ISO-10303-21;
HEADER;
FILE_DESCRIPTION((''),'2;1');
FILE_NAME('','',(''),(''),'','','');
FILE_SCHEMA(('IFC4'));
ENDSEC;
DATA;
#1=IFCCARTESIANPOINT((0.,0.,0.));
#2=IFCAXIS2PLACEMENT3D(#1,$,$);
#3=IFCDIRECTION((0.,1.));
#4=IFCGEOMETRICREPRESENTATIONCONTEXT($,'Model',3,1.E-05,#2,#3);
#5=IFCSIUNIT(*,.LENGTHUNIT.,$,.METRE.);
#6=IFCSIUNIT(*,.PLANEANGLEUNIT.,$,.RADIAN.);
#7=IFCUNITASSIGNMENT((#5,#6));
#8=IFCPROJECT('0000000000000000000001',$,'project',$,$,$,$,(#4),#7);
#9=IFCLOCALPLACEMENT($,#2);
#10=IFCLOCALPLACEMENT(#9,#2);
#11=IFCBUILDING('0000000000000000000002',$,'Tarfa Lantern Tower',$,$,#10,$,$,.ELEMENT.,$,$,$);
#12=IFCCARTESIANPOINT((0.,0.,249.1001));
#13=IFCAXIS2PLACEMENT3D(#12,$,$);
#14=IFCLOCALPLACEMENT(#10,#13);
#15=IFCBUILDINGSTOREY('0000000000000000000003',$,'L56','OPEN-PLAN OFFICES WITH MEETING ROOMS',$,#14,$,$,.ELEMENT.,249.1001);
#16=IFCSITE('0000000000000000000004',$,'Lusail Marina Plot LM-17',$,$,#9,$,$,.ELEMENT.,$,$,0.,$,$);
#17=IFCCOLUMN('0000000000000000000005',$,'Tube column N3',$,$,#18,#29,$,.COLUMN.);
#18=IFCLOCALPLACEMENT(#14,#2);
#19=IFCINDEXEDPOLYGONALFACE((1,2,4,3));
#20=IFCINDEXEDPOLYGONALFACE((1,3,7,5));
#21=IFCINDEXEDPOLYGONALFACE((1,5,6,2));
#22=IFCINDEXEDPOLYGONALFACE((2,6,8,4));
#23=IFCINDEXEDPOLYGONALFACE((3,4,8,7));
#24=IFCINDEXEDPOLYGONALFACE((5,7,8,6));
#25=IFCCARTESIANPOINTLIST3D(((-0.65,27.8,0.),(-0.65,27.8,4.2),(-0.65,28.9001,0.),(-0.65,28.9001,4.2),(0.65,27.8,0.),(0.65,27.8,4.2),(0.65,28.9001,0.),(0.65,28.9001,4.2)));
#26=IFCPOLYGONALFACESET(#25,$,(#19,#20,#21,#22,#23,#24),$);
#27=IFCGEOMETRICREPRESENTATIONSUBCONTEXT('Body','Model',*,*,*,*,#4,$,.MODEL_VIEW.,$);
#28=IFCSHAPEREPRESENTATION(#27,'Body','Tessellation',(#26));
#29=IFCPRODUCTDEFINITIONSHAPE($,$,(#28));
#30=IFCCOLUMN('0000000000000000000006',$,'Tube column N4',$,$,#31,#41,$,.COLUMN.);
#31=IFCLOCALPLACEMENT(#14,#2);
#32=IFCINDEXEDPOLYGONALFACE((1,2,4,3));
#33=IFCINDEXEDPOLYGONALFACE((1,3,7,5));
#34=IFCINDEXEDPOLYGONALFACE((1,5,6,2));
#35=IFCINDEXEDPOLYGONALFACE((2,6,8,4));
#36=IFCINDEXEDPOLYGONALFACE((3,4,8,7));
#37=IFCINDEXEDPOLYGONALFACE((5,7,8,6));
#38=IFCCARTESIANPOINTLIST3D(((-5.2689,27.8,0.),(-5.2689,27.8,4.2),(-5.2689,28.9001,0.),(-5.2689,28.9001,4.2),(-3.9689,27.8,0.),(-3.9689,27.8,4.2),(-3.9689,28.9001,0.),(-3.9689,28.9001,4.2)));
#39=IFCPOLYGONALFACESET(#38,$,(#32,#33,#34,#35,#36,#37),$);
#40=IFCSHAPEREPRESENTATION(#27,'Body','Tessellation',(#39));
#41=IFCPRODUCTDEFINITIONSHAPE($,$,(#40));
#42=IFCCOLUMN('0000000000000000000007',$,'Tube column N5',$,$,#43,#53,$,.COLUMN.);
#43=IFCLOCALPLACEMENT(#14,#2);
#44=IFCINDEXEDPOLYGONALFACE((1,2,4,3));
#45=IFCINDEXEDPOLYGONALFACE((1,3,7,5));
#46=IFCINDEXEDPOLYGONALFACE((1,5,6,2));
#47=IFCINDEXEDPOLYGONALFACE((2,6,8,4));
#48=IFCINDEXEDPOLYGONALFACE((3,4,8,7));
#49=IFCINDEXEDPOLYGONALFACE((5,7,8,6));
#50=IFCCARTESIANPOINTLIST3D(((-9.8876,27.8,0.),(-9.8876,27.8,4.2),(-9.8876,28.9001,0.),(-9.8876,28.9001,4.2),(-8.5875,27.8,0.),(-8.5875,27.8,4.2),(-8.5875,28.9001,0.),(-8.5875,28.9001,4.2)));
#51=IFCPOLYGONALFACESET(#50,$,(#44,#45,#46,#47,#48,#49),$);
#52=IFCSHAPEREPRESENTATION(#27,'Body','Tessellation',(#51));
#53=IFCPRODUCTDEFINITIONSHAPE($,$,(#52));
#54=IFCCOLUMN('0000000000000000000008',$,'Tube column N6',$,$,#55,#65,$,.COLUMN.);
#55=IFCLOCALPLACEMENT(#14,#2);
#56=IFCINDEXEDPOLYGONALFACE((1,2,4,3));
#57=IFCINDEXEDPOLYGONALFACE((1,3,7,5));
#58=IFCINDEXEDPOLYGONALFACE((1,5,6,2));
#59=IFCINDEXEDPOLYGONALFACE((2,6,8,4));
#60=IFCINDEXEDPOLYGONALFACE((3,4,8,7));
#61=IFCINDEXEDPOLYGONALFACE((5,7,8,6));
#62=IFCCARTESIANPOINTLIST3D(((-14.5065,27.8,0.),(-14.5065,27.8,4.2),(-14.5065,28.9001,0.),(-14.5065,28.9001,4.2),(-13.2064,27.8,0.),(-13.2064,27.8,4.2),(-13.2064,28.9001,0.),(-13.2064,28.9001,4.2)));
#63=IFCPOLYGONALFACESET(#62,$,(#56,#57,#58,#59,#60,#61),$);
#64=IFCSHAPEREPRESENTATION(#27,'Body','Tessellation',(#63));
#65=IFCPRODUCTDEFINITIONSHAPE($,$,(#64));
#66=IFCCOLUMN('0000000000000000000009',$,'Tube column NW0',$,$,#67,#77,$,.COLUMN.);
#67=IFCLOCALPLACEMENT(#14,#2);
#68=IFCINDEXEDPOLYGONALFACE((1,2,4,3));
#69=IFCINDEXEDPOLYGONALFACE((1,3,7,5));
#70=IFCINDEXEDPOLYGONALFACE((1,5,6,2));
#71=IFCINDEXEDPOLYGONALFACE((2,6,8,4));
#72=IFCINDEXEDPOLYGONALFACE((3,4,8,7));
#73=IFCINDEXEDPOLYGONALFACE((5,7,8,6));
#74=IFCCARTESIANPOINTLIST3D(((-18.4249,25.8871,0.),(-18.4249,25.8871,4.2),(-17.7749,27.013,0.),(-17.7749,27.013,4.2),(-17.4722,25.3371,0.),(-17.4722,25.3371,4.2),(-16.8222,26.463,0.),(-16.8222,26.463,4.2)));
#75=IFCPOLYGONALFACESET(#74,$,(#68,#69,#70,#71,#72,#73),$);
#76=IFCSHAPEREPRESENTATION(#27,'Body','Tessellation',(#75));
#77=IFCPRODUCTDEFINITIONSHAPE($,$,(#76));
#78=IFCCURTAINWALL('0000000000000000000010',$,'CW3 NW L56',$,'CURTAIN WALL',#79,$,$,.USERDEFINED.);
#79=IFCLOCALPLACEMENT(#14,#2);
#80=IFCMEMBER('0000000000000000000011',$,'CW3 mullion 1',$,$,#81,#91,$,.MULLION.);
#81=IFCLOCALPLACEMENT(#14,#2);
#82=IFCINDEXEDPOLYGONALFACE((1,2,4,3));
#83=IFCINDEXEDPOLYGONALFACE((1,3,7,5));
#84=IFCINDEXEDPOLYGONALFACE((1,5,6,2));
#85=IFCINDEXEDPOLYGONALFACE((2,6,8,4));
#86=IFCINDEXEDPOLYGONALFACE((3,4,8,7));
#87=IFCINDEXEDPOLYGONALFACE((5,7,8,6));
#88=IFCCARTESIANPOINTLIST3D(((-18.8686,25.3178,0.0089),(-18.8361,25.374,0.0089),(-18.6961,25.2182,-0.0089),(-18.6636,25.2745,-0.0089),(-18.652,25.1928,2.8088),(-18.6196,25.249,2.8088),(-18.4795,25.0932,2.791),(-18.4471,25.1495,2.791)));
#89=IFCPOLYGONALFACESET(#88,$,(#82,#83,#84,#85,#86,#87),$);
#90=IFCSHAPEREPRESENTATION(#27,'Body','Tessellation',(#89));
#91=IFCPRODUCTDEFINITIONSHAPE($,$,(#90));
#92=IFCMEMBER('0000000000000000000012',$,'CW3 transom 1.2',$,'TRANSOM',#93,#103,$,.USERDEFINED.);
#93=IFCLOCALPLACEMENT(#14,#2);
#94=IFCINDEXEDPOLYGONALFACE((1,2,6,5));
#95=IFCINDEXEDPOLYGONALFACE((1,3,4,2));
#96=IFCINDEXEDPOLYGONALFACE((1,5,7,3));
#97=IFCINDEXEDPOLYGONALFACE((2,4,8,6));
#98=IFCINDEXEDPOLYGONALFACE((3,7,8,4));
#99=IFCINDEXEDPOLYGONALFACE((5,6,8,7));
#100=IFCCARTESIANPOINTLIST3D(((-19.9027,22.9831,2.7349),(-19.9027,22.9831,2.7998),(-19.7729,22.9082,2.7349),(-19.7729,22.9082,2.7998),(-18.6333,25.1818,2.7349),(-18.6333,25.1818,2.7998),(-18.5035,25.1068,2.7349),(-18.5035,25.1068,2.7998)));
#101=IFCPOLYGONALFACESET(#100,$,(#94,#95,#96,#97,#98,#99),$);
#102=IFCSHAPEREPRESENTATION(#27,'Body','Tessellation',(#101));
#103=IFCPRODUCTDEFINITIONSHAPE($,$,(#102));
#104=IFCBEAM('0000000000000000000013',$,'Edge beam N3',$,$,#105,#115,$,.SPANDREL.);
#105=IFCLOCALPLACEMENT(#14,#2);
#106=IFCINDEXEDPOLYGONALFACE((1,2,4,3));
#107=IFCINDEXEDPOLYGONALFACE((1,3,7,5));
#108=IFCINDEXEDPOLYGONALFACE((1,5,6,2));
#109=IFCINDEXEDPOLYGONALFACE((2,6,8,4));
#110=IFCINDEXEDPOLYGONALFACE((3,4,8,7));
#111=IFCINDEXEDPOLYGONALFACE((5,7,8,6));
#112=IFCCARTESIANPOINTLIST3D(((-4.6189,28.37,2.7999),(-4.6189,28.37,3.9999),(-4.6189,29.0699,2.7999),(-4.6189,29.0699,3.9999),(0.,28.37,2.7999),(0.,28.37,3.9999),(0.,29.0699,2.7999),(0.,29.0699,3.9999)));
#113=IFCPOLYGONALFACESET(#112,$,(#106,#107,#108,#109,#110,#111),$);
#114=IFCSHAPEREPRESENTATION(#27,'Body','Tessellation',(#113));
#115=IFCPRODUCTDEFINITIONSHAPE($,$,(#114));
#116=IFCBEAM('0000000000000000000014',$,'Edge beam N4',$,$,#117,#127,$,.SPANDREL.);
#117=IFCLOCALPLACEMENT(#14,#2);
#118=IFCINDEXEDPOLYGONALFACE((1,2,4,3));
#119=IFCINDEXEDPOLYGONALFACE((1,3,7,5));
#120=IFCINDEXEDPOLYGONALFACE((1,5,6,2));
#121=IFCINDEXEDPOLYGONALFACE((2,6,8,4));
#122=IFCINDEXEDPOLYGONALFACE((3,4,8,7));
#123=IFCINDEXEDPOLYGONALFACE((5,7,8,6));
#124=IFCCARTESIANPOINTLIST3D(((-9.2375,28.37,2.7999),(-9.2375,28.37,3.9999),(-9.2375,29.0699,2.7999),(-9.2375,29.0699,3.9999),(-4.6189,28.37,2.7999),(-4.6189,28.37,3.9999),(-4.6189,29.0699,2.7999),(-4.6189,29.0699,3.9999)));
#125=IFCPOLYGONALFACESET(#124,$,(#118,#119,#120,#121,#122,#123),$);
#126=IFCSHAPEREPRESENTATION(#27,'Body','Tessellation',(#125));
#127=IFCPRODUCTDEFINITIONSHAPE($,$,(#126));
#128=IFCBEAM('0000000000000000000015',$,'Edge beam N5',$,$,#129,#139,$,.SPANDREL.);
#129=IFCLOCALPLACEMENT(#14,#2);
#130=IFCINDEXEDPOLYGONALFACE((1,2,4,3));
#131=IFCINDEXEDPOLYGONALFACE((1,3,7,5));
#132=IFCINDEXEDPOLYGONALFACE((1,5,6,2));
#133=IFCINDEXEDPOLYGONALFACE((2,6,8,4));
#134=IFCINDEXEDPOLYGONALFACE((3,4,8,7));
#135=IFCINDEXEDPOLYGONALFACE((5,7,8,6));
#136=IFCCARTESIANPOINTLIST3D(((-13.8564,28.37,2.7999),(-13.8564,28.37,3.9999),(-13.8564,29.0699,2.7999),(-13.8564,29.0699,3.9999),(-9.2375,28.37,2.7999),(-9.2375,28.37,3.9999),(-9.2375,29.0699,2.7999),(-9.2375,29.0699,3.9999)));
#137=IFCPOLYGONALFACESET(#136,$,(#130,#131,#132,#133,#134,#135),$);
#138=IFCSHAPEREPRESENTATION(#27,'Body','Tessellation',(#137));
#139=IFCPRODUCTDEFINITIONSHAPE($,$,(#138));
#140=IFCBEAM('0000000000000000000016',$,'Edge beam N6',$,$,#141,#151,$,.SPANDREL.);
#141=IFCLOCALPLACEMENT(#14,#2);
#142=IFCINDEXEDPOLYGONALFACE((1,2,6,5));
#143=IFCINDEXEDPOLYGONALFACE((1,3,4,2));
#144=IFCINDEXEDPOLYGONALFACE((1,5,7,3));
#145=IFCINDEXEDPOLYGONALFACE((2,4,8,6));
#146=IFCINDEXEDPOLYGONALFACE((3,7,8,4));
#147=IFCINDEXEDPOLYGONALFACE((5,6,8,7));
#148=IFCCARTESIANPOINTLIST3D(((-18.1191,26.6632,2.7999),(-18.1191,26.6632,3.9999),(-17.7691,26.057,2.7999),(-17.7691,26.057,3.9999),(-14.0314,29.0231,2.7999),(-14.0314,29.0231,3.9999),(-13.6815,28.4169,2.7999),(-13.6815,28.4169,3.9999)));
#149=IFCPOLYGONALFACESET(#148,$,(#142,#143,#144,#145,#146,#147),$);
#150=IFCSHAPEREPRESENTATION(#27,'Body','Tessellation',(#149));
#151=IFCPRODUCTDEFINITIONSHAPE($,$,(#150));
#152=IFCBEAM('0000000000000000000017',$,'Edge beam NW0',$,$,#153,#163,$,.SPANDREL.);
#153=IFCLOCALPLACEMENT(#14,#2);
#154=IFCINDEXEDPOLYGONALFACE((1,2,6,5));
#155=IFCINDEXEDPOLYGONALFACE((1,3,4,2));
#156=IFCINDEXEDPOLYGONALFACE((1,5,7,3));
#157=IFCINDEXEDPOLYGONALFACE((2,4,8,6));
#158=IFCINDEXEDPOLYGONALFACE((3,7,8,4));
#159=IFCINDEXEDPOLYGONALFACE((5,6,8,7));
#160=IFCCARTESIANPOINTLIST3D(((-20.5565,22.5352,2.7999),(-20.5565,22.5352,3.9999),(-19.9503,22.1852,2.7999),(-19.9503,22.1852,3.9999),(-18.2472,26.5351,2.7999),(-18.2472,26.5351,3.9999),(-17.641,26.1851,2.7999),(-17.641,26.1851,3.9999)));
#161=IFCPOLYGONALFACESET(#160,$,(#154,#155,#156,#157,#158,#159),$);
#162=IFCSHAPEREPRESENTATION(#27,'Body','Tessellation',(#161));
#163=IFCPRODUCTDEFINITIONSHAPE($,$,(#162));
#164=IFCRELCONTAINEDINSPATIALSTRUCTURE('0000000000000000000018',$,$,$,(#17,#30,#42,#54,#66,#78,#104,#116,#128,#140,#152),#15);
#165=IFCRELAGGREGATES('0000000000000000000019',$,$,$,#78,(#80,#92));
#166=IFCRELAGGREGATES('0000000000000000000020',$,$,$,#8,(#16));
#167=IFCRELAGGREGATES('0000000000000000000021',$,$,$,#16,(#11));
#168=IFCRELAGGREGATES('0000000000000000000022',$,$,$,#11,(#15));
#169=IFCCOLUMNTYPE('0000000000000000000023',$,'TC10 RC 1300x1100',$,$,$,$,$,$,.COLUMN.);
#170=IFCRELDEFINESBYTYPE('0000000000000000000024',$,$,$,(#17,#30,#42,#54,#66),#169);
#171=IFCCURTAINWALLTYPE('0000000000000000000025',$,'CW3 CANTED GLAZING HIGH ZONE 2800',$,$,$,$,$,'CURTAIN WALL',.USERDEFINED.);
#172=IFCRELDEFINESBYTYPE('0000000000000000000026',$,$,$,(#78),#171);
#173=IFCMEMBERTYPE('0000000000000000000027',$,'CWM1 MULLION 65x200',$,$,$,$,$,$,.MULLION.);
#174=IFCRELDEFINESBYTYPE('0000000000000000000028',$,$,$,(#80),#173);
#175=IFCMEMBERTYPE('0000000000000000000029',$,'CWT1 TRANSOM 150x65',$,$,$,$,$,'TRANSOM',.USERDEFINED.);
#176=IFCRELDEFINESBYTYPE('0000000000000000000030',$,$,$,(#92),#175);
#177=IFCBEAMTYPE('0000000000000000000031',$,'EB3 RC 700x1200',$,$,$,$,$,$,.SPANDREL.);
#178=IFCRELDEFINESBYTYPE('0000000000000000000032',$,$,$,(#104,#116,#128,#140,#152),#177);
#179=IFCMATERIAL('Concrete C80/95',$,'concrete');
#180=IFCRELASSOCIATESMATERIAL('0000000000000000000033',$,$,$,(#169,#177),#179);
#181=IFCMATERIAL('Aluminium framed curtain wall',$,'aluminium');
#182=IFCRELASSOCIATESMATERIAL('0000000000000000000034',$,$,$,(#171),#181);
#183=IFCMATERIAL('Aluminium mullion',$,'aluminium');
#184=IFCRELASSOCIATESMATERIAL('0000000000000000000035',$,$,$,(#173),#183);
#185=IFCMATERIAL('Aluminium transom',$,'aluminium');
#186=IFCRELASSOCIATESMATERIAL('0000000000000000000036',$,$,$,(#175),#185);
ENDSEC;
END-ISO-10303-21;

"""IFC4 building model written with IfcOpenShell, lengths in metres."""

from ifc_helpers import new_model, si_unit, direction, frame, origin, origin_2d, place, context, subcontext, project, spatial, rectangle, extrude, material, material_profile, profile_set, type_object, element, aggregate, save


model = new_model("IFC4")

# Units and contexts
model_context = context("Model", 3, precision=1e-05, world=origin(), true_north=direction((0.0, 1.0)))
body_context = subcontext(model_context, "Body", "Model", "MODEL_VIEW")
ifc_project = project(units=[si_unit("LENGTHUNIT", "METRE"), si_unit("PLANEANGLEUNIT", "RADIAN")], contexts=[model_context])

# Site, building, storey
site_placement = place(None, origin())
site = spatial("IfcSite", under=ifc_project, at=site_placement, Name="Lusail Marina Plot LM-17", CompositionType="ELEMENT", RefElevation=0.0)
building_placement = place(site_placement, origin())
building = spatial("IfcBuilding", under=site, at=building_placement, Name="Tarfa Lantern Tower", CompositionType="ELEMENT")
storey_placement = place(building_placement, frame((0.0, 0.0, 249.1001)))
storey = spatial("IfcBuildingStorey", under=building, at=storey_placement, Name="L56", Description="OPEN-PLAN OFFICES WITH MEETING ROOMS", CompositionType="ELEMENT", Elevation=249.1001)

# Columns
ifc_material_1 = material(Name="Concrete C80/95", Category="concrete")
ifc_material_profile_1 = material_profile(ifc_material_1, rectangle(XDim=1.3, YDim=1.1001, at=origin_2d()), Name="RC 1300x1100")
ifc_profile_set_1 = profile_set([ifc_material_profile_1], Name="Concrete C80/95")
column_type = type_object("IfcColumnType", Name="TC10 RC 1300x1100", PredefinedType="COLUMN", material=ifc_profile_set_1)
for number, where, z_axis, x_axis, name in (
    (1, (0.0, 28.3501, 0.0), (0.0, 0.0, 1.0), (-1.0, 0.0, 0.0), "Tube column N3"),
    (2, (-4.6189, 28.3501, 0.0), (0.0, 0.0, 1.0), (-1.0, 0.0, 0.0), "Tube column N4"),
    (3, (-9.2375, 28.3501, 0.0), (0.0, 0.0, 1.0), (-1.0, 0.0, 0.0), "Tube column N5"),
    (4, (-13.8564, 28.3501, 0.0), (0.0, 0.0, 1.0), (-1.0, 0.0, 0.0), "Tube column N6"),
    (5, (-17.6235, 26.175, 0.0), (0.0, 0.0, 1.0), (-0.5, -0.866025, 0.0), "Tube column NW0"),
):
    element("IfcColumn", number, at=place(storey_placement, frame(where, z_axis=z_axis, x_axis=x_axis)), inside=storey, type_object=column_type, Name=name, PredefinedType="COLUMN", context=body_context, shape_type="SweptSolid", body=[
        extrude(rectangle(XDim=1.3, YDim=1.1001, at=origin_2d()), origin(), (0.0, 0.0, 1.0), 4.2),
    ])

# Curtain wall, members
ifc_material_2 = material(Name="Aluminium framed curtain wall", Category="aluminium")
curtain_wall_type = type_object("IfcCurtainWallType", Name="CW3 CANTED GLAZING HIGH ZONE 2800", ElementType="CURTAIN WALL", PredefinedType="USERDEFINED", material=ifc_material_2)
curtain_wall_placement = place(storey_placement, origin())
curtain_wall = element("IfcCurtainWall", 6, at=curtain_wall_placement, inside=storey, type_object=curtain_wall_type, Name="CW3 NW L56", ObjectType="CURTAIN WALL", PredefinedType="USERDEFINED")
ifc_material_3 = material(Name="Aluminium mullion", Category="aluminium")
ifc_material_profile_2 = material_profile(ifc_material_3, rectangle(XDim=0.0649, YDim=0.2, at=origin_2d()), Name="AL MULLION 65x200")
ifc_profile_set_2 = profile_set([ifc_material_profile_2], Name="Aluminium mullion")
member_type_1 = type_object("IfcMemberType", Name="CWM1 MULLION 65x200", PredefinedType="MULLION", material=ifc_profile_set_2)
member_1_placement = place(storey_placement, frame((-18.7661, 25.2961, 0.0), z_axis=(0.077039, -0.044469, 0.996036), x_axis=(0.49992, 0.866072, 0.0)))
member_1 = element("IfcMember", 7, at=member_1_placement, type_object=member_type_1, Name="CW3 mullion 1", PredefinedType="MULLION", context=body_context, shape_type="SweptSolid", body=[
    extrude(rectangle(XDim=0.0649, YDim=0.2, at=origin_2d()), origin(), (0.0, 0.0, 1.0), 2.811),
])
ifc_material_4 = material(Name="Aluminium transom", Category="aluminium")
ifc_material_profile_3 = material_profile(ifc_material_4, rectangle(XDim=0.1499, YDim=0.0649, at=origin_2d()), Name="AL TRANSOM 150x65")
ifc_profile_set_3 = profile_set([ifc_material_profile_3], Name="Aluminium transom")
member_type_2 = type_object("IfcMemberType", Name="CWT1 TRANSOM 150x65", ElementType="TRANSOM", PredefinedType="USERDEFINED", material=ifc_profile_set_3)
member_2_placement = place(storey_placement, frame((-18.5684, 25.1443, 2.7673), z_axis=(-0.500028, -0.866009, 0.0), x_axis=(0.866009, -0.500028, 0.0)))
member_2 = element("IfcMember", 8, at=member_2_placement, type_object=member_type_2, Name="CW3 transom 1.2", ObjectType="TRANSOM", PredefinedType="USERDEFINED", context=body_context, shape_type="SweptSolid", body=[
    extrude(rectangle(XDim=0.1499, YDim=0.0649, at=origin_2d()), origin(), (0.0, 0.0, 1.0), 2.5388),
])
aggregate(curtain_wall, [member_1, member_2])

# Beams
ifc_material_profile_4 = material_profile(ifc_material_1, rectangle(XDim=0.7, YDim=1.2, at=origin_2d()), Name="RC 700x1200")
ifc_profile_set_4 = profile_set([ifc_material_profile_4], Name="Concrete C80/95")
beam_type_1 = type_object("IfcBeamType", Name="EB3 RC 700x1200", PredefinedType="SPANDREL", material=ifc_profile_set_4)
beam_1_placement = place(storey_placement, frame((0.0, 28.72, 3.3999), z_axis=(-1.0, 0.0, 0.0), x_axis=(0.0, -1.0, 0.0)))
element("IfcBeam", 9, at=beam_1_placement, inside=storey, type_object=beam_type_1, Name="Edge beam N3", PredefinedType="SPANDREL", context=body_context, shape_type="SweptSolid", body=[
    extrude(rectangle(XDim=0.7, YDim=1.2, at=origin_2d()), origin(), (0.0, 0.0, 1.0), 4.6189),
])
beam_2_placement = place(storey_placement, frame((-4.6189, 28.72, 3.3999), z_axis=(-1.0, 0.0, 0.0), x_axis=(0.0, -1.0, 0.0)))
element("IfcBeam", 10, at=beam_2_placement, inside=storey, type_object=beam_type_1, Name="Edge beam N4", PredefinedType="SPANDREL", context=body_context, shape_type="SweptSolid", body=[
    extrude(rectangle(XDim=0.7, YDim=1.2, at=origin_2d()), origin(), (0.0, 0.0, 1.0), 4.6187),
])
beam_3_placement = place(storey_placement, frame((-9.2375, 28.72, 3.3999), z_axis=(-1.0, 0.0, 0.0), x_axis=(0.0, -1.0, 0.0)))
element("IfcBeam", 11, at=beam_3_placement, inside=storey, type_object=beam_type_1, Name="Edge beam N5", PredefinedType="SPANDREL", context=body_context, shape_type="SweptSolid", body=[
    extrude(rectangle(XDim=0.7, YDim=1.2, at=origin_2d()), origin(), (0.0, 0.0, 1.0), 4.6189),
])
beam_4_placement = place(storey_placement, frame((-13.8564, 28.72, 3.3999), z_axis=(-0.866038, -0.499978, 0.0), x_axis=(0.499978, -0.866038, 0.0)))
element("IfcBeam", 12, at=beam_4_placement, inside=storey, type_object=beam_type_1, Name="Edge beam N6", PredefinedType="SPANDREL", context=body_context, shape_type="SweptSolid", body=[
    extrude(rectangle(XDim=0.7, YDim=1.2, at=origin_2d()), origin(), (0.0, 0.0, 1.0), 4.72),
])
beam_5_placement = place(storey_placement, frame((-17.9441, 26.3601, 3.3999), z_axis=(-0.499988, -0.866032, 0.0), x_axis=(0.866032, -0.499988, 0.0)))
element("IfcBeam", 13, at=beam_5_placement, inside=storey, type_object=beam_type_1, Name="Edge beam NW0", PredefinedType="SPANDREL", context=body_context, shape_type="SweptSolid", body=[
    extrude(rectangle(XDim=0.7, YDim=1.2, at=origin_2d()), origin(), (0.0, 0.0, 1.0), 4.6187),
])

save(model, "model.ifc")
